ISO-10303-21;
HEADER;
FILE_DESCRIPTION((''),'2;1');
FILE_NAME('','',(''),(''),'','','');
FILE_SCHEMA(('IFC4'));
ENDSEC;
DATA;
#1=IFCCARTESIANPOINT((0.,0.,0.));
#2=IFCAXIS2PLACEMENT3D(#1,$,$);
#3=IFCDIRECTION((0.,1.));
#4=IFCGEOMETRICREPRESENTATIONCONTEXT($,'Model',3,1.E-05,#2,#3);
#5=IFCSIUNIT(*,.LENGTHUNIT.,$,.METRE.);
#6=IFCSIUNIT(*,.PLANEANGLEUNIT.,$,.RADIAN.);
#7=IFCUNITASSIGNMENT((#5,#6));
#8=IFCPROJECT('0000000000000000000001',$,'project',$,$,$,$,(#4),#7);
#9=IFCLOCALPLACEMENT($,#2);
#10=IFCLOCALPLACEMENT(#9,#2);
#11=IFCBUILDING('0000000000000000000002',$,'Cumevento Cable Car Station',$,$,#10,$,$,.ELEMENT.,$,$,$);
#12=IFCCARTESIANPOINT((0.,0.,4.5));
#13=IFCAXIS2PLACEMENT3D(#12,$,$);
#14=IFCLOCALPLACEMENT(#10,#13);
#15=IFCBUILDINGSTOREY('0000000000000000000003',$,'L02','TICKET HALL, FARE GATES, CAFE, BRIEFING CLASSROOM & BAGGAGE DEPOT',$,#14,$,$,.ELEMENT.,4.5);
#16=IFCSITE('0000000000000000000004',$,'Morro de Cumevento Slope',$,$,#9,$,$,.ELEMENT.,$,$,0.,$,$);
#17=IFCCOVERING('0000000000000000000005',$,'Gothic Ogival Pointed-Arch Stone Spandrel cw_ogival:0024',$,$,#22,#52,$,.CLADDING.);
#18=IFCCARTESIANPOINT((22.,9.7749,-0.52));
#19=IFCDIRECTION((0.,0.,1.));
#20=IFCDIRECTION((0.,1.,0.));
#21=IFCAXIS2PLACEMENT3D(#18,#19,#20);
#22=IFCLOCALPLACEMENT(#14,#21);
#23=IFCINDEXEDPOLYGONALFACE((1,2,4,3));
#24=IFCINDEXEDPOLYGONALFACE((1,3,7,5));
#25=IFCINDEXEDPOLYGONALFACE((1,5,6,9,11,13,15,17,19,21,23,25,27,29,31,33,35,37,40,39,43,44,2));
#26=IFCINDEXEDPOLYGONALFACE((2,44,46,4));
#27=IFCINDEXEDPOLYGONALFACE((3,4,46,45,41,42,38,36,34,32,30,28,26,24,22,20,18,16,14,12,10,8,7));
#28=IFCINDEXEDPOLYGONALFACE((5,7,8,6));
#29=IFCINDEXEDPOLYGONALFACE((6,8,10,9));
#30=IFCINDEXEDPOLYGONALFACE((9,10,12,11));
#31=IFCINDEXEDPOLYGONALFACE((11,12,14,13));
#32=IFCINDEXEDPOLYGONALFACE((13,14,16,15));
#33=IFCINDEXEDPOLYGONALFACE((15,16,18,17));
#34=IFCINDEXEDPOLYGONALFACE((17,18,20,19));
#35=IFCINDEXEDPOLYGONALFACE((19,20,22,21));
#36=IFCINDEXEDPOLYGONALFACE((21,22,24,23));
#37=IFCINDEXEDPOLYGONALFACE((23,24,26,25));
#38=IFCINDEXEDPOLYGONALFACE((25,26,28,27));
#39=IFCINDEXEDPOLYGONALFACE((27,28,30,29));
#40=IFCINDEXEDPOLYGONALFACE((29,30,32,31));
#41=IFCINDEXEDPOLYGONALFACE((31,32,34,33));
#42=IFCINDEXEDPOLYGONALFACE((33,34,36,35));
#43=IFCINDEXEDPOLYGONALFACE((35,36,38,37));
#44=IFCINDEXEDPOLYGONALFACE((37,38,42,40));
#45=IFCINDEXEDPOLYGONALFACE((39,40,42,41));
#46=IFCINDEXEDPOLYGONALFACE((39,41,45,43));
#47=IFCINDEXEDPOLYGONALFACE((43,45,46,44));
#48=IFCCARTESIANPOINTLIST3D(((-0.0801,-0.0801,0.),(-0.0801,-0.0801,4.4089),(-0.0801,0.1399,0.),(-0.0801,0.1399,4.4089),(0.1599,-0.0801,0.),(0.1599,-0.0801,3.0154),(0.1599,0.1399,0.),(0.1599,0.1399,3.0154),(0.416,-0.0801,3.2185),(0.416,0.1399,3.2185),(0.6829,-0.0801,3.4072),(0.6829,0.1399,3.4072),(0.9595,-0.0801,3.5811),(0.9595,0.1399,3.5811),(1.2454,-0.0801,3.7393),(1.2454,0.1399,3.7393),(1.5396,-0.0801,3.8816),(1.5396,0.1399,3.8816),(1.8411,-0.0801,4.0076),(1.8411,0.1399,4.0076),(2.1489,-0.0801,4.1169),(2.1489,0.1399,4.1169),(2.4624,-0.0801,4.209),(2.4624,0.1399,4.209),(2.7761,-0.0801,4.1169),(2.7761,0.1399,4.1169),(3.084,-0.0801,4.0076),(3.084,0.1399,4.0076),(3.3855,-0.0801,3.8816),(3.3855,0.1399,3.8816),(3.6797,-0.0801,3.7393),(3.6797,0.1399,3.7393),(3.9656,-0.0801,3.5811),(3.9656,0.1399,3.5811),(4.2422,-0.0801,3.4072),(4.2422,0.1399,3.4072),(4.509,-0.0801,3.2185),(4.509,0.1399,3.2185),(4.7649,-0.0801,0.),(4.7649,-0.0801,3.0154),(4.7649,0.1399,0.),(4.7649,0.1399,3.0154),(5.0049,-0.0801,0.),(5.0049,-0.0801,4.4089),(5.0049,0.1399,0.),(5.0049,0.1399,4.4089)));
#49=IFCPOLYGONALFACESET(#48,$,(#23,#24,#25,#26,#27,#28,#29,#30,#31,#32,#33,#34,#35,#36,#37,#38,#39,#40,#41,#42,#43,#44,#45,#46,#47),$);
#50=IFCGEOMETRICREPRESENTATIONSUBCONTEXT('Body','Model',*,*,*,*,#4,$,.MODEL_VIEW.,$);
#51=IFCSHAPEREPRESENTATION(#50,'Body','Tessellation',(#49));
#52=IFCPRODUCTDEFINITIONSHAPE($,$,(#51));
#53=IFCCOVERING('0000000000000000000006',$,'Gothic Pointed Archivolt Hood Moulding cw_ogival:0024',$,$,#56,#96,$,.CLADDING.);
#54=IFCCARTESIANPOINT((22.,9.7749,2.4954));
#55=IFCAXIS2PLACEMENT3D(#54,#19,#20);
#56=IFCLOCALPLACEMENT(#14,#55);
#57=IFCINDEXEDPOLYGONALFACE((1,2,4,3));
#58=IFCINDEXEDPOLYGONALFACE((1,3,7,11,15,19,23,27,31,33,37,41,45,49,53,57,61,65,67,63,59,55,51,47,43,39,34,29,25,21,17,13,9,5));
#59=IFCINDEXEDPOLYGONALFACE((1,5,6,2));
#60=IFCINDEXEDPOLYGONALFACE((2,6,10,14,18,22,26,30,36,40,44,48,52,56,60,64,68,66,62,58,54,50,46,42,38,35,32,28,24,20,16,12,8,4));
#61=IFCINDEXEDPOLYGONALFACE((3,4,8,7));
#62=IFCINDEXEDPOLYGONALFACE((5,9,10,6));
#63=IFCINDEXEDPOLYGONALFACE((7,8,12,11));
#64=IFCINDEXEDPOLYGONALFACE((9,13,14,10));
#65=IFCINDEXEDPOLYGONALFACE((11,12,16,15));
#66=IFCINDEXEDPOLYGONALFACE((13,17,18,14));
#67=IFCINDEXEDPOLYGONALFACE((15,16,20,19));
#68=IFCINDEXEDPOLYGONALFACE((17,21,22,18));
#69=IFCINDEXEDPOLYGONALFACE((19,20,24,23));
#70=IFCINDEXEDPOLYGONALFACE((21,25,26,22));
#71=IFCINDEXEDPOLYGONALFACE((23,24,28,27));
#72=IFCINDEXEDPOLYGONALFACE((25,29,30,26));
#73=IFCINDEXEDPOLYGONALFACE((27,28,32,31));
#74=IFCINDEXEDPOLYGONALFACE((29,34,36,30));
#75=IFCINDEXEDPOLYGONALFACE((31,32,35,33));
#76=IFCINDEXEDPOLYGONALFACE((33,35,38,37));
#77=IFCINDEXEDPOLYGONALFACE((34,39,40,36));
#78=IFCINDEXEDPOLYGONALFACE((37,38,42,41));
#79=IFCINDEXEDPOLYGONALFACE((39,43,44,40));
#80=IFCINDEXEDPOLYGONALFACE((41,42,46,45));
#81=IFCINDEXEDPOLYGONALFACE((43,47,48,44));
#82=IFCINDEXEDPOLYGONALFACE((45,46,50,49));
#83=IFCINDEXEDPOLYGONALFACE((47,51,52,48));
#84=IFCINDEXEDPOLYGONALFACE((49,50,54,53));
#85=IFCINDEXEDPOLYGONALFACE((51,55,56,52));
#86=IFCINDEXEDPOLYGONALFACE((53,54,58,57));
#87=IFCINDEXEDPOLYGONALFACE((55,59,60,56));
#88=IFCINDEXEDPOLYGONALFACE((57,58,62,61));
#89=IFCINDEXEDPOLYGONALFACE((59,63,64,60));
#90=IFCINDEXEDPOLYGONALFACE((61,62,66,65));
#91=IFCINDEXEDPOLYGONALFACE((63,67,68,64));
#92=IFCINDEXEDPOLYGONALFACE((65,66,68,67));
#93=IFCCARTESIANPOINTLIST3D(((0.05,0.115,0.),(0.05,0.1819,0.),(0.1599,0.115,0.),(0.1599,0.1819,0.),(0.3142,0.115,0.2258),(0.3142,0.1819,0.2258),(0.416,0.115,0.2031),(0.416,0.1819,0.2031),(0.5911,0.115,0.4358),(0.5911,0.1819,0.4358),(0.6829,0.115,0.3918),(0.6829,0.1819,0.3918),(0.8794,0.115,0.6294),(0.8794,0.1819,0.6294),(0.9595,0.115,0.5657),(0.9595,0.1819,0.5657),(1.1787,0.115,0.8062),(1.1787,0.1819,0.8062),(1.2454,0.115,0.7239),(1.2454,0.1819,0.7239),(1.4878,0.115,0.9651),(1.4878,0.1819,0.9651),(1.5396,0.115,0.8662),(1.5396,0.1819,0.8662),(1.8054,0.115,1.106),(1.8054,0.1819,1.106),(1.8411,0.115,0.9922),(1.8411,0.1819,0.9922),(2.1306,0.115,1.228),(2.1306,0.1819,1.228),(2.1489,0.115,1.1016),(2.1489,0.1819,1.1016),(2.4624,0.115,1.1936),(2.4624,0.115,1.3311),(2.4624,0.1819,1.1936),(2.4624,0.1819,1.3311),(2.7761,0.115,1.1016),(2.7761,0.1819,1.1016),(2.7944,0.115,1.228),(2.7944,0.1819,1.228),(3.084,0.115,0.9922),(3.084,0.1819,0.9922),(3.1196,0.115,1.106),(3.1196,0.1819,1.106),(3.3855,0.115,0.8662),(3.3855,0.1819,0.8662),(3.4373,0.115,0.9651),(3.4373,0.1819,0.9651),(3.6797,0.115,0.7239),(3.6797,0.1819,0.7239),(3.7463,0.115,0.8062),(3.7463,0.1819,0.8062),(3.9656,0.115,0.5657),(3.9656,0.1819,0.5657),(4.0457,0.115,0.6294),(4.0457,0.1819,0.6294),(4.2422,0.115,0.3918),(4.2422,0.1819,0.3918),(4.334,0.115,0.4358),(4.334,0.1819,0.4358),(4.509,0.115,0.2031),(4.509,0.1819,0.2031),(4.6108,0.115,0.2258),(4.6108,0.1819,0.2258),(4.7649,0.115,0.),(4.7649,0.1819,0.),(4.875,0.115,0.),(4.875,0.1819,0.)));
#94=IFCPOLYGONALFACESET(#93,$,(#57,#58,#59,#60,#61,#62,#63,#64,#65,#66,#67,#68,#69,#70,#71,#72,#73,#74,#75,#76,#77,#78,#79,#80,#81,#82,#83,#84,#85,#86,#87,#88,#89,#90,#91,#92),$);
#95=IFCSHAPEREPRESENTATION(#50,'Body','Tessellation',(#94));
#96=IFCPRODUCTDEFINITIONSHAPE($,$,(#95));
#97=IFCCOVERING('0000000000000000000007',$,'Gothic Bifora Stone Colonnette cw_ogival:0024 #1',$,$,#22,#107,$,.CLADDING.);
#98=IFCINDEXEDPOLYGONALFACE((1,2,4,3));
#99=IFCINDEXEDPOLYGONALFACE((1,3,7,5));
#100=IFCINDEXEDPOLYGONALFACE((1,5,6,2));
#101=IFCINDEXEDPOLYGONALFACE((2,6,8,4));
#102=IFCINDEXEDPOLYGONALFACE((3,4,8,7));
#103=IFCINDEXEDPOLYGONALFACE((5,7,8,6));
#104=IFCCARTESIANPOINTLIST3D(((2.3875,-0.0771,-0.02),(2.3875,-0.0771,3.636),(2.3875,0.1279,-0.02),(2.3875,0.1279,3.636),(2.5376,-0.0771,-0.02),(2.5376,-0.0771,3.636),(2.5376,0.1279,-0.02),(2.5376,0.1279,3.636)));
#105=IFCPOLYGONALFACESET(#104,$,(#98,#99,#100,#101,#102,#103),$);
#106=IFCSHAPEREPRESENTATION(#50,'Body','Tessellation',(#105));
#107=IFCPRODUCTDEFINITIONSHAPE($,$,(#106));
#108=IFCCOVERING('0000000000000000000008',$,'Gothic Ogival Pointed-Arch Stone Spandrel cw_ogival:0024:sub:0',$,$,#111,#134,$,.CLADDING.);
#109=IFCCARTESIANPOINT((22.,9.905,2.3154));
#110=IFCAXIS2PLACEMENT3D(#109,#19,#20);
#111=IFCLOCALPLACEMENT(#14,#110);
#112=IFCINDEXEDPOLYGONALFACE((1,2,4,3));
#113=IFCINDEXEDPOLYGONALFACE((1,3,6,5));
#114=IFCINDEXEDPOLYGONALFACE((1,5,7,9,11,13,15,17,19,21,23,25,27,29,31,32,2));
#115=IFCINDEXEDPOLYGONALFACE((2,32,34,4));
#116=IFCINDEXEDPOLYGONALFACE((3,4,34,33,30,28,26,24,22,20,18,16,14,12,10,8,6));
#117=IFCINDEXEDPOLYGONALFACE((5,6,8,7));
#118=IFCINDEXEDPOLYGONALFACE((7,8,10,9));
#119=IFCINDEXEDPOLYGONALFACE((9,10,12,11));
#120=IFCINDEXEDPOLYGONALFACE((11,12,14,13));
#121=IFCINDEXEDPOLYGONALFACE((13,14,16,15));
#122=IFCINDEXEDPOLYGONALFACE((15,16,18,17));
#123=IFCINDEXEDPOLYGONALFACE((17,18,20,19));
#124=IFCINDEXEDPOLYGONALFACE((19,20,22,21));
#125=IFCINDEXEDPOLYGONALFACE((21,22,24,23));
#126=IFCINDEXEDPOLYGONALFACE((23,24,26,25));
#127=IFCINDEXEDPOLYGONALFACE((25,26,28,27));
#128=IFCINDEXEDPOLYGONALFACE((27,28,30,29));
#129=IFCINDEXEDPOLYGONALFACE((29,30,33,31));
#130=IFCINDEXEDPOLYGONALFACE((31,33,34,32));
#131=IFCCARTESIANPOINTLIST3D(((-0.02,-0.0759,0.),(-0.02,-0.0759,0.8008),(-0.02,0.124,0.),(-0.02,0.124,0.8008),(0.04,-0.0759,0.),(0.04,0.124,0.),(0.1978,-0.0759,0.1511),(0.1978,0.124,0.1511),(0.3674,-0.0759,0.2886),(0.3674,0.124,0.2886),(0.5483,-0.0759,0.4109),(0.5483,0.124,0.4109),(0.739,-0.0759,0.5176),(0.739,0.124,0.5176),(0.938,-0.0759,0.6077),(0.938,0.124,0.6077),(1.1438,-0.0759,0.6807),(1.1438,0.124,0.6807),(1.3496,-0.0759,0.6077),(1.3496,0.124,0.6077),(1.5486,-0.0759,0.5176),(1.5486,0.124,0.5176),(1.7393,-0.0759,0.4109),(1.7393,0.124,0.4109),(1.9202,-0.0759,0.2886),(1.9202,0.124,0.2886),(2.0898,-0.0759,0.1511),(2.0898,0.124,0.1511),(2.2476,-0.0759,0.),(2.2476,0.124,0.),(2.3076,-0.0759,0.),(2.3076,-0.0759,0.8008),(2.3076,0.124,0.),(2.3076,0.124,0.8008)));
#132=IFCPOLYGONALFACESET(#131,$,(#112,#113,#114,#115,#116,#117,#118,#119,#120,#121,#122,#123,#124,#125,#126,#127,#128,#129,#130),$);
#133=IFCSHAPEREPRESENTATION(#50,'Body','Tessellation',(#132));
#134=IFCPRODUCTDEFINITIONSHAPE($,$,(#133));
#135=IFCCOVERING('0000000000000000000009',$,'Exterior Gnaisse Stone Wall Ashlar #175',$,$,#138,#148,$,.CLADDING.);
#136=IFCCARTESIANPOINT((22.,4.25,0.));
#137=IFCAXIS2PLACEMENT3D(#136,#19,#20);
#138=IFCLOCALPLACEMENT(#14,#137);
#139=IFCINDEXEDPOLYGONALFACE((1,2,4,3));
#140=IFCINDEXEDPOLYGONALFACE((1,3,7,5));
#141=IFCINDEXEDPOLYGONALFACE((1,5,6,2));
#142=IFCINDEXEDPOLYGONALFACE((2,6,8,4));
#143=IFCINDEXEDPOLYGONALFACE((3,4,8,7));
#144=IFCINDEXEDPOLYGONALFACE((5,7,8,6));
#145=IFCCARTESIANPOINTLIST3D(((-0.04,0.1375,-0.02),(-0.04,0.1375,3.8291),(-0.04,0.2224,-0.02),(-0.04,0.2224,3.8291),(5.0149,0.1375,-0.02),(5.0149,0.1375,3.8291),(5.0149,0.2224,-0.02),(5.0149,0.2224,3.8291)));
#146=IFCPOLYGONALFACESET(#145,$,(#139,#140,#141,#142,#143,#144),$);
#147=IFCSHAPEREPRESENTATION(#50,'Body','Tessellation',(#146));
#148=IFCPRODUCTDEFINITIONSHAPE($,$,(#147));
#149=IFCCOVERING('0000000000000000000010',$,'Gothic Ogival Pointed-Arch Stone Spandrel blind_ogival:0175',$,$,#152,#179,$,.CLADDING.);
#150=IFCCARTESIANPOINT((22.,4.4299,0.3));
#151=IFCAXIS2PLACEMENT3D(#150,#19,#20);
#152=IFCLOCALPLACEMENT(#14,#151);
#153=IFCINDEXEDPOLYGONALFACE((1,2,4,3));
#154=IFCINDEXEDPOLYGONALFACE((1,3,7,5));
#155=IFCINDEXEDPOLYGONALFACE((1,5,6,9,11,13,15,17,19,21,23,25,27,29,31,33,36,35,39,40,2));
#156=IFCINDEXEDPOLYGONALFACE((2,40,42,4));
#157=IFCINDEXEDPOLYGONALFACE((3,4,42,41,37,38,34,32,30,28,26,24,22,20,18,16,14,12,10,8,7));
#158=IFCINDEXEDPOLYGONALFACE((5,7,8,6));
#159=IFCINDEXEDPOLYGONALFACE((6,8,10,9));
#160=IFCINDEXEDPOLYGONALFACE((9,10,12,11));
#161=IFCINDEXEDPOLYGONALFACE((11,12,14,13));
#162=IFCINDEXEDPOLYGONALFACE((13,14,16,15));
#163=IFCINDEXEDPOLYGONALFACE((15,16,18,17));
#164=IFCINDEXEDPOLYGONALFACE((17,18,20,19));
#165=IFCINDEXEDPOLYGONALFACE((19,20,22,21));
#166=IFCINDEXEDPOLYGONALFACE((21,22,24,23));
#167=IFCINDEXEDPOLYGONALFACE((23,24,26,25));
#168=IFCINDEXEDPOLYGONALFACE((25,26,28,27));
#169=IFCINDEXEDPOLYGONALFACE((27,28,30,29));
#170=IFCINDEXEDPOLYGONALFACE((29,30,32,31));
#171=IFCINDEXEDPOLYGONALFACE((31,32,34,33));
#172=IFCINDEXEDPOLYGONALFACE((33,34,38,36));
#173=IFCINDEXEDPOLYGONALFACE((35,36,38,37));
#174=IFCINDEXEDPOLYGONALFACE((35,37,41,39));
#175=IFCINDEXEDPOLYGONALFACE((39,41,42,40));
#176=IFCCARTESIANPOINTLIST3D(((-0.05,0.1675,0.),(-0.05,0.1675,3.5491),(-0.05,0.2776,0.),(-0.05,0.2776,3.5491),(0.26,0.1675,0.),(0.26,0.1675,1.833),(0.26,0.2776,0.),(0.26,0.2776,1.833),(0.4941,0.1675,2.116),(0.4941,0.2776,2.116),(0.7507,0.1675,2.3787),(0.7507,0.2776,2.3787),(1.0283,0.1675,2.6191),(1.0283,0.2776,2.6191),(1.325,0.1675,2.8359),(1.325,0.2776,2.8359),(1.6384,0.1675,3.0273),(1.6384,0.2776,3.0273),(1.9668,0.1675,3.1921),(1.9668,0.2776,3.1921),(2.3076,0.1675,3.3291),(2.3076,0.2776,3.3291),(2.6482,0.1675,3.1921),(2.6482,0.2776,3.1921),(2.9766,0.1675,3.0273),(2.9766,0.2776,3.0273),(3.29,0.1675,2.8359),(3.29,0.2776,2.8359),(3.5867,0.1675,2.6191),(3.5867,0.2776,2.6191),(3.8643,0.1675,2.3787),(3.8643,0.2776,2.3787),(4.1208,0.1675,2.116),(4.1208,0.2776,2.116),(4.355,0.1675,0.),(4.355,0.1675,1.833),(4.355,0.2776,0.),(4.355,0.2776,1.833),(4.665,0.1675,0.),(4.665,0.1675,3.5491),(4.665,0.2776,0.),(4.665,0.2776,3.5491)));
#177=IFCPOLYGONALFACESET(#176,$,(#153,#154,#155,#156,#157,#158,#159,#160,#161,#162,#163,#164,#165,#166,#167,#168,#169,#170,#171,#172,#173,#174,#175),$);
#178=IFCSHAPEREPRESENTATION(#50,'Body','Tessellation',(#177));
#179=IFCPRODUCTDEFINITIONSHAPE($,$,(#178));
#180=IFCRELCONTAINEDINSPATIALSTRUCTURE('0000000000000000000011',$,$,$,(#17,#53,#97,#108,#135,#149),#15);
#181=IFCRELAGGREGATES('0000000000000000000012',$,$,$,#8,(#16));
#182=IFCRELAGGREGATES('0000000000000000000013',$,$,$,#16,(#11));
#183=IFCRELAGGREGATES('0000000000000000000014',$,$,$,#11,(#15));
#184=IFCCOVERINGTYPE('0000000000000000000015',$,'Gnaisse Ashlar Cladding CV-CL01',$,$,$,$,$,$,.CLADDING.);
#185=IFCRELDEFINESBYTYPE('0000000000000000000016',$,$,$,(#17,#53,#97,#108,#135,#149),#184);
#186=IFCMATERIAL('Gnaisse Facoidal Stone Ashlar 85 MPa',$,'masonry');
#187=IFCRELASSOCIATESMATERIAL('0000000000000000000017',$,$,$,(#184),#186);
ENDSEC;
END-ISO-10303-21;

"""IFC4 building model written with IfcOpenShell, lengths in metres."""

from ifc_helpers import new_model, si_unit, direction, frame, origin, place, context, subcontext, project, spatial, polyline, outline, extrude, material, type_object, element, save


model = new_model("IFC4")

# Units and contexts
model_context = context("Model", 3, precision=1e-05, world=origin(), true_north=direction((0.0, 1.0)))
body_context = subcontext(model_context, "Body", "Model", "MODEL_VIEW")
ifc_project = project(units=[si_unit("LENGTHUNIT", "METRE"), si_unit("PLANEANGLEUNIT", "RADIAN")], contexts=[model_context])

# Site, building, storey
site_placement = place(None, origin())
site = spatial("IfcSite", under=ifc_project, at=site_placement, Name="Morro de Cumevento Slope", CompositionType="ELEMENT", RefElevation=0.0)
building_placement = place(site_placement, origin())
building = spatial("IfcBuilding", under=site, at=building_placement, Name="Cumevento Cable Car Station", CompositionType="ELEMENT")
storey_placement = place(building_placement, frame((0.0, 0.0, 4.5)))
storey = spatial("IfcBuildingStorey", under=building, at=storey_placement, Name="L02", Description="TICKET HALL, FARE GATES, CAFE, BRIEFING CLASSROOM & BAGGAGE DEPOT", CompositionType="ELEMENT", Elevation=4.5)

# Coverings
ifc_material_1 = material(Name="Gnaisse Facoidal Stone Ashlar 85 MPa", Category="masonry")
covering_type = type_object("IfcCoveringType", Name="Gnaisse Ashlar Cladding CV-CL01", PredefinedType="CLADDING", material=ifc_material_1)
placement_1 = place(storey_placement, frame((22.0, 9.7749, -0.52), z_axis=(0.0, 0.0, 1.0), x_axis=(0.0, 1.0, 0.0)))
element("IfcCovering", 1, at=placement_1, inside=storey, type_object=covering_type, Name="Gothic Ogival Pointed-Arch Stone Spandrel cw_ogival:0024", PredefinedType="CLADDING", context=body_context, shape_type="SweptSolid", body=[
    extrude(outline(polyline([(-0.0801, 0.0), (-0.0801, 4.4089), (5.0049, 4.4089), (5.0049, 0.0), (4.7649, 0.0), (4.7649, 3.0154), (4.509, 3.2185), (4.2422, 3.4072), (3.9656, 3.5811), (3.6797, 3.7393), (3.3855, 3.8816), (3.084, 4.0076), (2.7761, 4.1169), (2.4624, 4.209), (2.1489, 4.1169), (1.8411, 4.0076), (1.5396, 3.8816), (1.2454, 3.7393), (0.9595, 3.5811), (0.6829, 3.4072), (0.416, 3.2185), (0.1599, 3.0154), (0.1599, 0.0), (-0.0801, 0.0)])), frame((0.0, 0.1399, 0.0), z_axis=(0.0, -1.0, 0.0), x_axis=(1.0, 0.0, 0.0)), (0.0, 0.0, 1.0), 0.22),
])
covering_1_placement = place(storey_placement, frame((22.0, 9.7749, 2.4954), z_axis=(0.0, 0.0, 1.0), x_axis=(0.0, 1.0, 0.0)))
element("IfcCovering", 2, at=covering_1_placement, inside=storey, type_object=covering_type, Name="Gothic Pointed Archivolt Hood Moulding cw_ogival:0024", PredefinedType="CLADDING", context=body_context, shape_type="SweptSolid", body=[
    extrude(outline(polyline([(0.1599, 0.0), (0.416, 0.2031), (0.6829, 0.3918), (0.9595, 0.5657), (1.2454, 0.7239), (1.5396, 0.8662), (1.8411, 0.9922), (2.1489, 1.1016), (2.4624, 1.1936), (2.7761, 1.1016), (3.084, 0.9922), (3.3855, 0.8662), (3.6797, 0.7239), (3.9656, 0.5657), (4.2422, 0.3918), (4.509, 0.2031), (4.7649, 0.0), (4.875, 0.0), (4.6108, 0.2258), (4.334, 0.4358), (4.0457, 0.6294), (3.7463, 0.8062), (3.4373, 0.9651), (3.1196, 1.106), (2.7944, 1.228), (2.4624, 1.3311), (2.1306, 1.228), (1.8054, 1.106), (1.4878, 0.9651), (1.1787, 0.8062), (0.8794, 0.6294), (0.5911, 0.4358), (0.3142, 0.2258), (0.05, 0.0), (0.1599, 0.0)])), frame((0.0, 0.1819, 0.0), z_axis=(0.0, -1.0, 0.0), x_axis=(1.0, 0.0, 0.0)), (0.0, 0.0, 1.0), 0.0669),
])
element("IfcCovering", 3, at=placement_1, inside=storey, type_object=covering_type, Name="Gothic Bifora Stone Colonnette cw_ogival:0024 #1", PredefinedType="CLADDING", context=body_context, shape_type="SweptSolid", body=[
    extrude(outline(polyline([(2.3875, -0.02), (2.5376, -0.02), (2.5376, 3.636), (2.3875, 3.636), (2.3875, -0.02)])), frame((0.0, 0.1279, 0.0), z_axis=(0.0, -1.0, 0.0), x_axis=(1.0, 0.0, 0.0)), (0.0, 0.0, 1.0), 0.2051),
])
covering_2_placement = place(storey_placement, frame((22.0, 9.905, 2.3154), z_axis=(0.0, 0.0, 1.0), x_axis=(0.0, 1.0, 0.0)))
element("IfcCovering", 4, at=covering_2_placement, inside=storey, type_object=covering_type, Name="Gothic Ogival Pointed-Arch Stone Spandrel cw_ogival:0024:sub:0", PredefinedType="CLADDING", context=body_context, shape_type="SweptSolid", body=[
    extrude(outline(polyline([(-0.02, 0.0), (-0.02, 0.8008), (2.3076, 0.8008), (2.3076, 0.0), (2.2476, 0.0), (2.0898, 0.1511), (1.9202, 0.2886), (1.7393, 0.4109), (1.5486, 0.5176), (1.3496, 0.6077), (1.1438, 0.6807), (0.938, 0.6077), (0.739, 0.5176), (0.5483, 0.4109), (0.3674, 0.2886), (0.1978, 0.1511), (0.04, 0.0), (-0.02, 0.0)])), frame((0.0, 0.124, 0.0), z_axis=(0.0, -1.0, 0.0), x_axis=(1.0, 0.0, 0.0)), (0.0, 0.0, 1.0), 0.2),
])
covering_3_placement = place(storey_placement, frame((22.0, 4.25, 0.0), z_axis=(0.0, 0.0, 1.0), x_axis=(0.0, 1.0, 0.0)))
element("IfcCovering", 5, at=covering_3_placement, inside=storey, type_object=covering_type, Name="Exterior Gnaisse Stone Wall Ashlar #175", PredefinedType="CLADDING", context=body_context, shape_type="SweptSolid", body=[
    extrude(outline(polyline([(-0.04, -0.02), (5.0149, -0.02), (5.0149, 3.8291), (-0.04, 3.8291), (-0.04, -0.02)])), frame((0.0, 0.2224, 0.0), z_axis=(0.0, -1.0, 0.0), x_axis=(1.0, 0.0, 0.0)), (0.0, 0.0, 1.0), 0.085),
])
placement_2 = place(storey_placement, frame((22.0, 4.4299, 0.3), z_axis=(0.0, 0.0, 1.0), x_axis=(0.0, 1.0, 0.0)))
element("IfcCovering", 6, at=placement_2, inside=storey, type_object=covering_type, Name="Gothic Ogival Pointed-Arch Stone Spandrel blind_ogival:0175", PredefinedType="CLADDING", context=body_context, shape_type="SweptSolid", body=[
    extrude(outline(polyline([(-0.05, 0.0), (-0.05, 3.5491), (4.665, 3.5491), (4.665, 0.0), (4.355, 0.0), (4.355, 1.833), (4.1208, 2.116), (3.8643, 2.3787), (3.5867, 2.6191), (3.29, 2.8359), (2.9766, 3.0273), (2.6482, 3.1921), (2.3076, 3.3291), (1.9668, 3.1921), (1.6384, 3.0273), (1.325, 2.8359), (1.0283, 2.6191), (0.7507, 2.3787), (0.4941, 2.116), (0.26, 1.833), (0.26, 0.0), (-0.05, 0.0)])), frame((0.0, 0.2776, 0.0), z_axis=(0.0, -1.0, 0.0), x_axis=(1.0, 0.0, 0.0)), (0.0, 0.0, 1.0), 0.1101),
])

save(model, "model.ifc")
